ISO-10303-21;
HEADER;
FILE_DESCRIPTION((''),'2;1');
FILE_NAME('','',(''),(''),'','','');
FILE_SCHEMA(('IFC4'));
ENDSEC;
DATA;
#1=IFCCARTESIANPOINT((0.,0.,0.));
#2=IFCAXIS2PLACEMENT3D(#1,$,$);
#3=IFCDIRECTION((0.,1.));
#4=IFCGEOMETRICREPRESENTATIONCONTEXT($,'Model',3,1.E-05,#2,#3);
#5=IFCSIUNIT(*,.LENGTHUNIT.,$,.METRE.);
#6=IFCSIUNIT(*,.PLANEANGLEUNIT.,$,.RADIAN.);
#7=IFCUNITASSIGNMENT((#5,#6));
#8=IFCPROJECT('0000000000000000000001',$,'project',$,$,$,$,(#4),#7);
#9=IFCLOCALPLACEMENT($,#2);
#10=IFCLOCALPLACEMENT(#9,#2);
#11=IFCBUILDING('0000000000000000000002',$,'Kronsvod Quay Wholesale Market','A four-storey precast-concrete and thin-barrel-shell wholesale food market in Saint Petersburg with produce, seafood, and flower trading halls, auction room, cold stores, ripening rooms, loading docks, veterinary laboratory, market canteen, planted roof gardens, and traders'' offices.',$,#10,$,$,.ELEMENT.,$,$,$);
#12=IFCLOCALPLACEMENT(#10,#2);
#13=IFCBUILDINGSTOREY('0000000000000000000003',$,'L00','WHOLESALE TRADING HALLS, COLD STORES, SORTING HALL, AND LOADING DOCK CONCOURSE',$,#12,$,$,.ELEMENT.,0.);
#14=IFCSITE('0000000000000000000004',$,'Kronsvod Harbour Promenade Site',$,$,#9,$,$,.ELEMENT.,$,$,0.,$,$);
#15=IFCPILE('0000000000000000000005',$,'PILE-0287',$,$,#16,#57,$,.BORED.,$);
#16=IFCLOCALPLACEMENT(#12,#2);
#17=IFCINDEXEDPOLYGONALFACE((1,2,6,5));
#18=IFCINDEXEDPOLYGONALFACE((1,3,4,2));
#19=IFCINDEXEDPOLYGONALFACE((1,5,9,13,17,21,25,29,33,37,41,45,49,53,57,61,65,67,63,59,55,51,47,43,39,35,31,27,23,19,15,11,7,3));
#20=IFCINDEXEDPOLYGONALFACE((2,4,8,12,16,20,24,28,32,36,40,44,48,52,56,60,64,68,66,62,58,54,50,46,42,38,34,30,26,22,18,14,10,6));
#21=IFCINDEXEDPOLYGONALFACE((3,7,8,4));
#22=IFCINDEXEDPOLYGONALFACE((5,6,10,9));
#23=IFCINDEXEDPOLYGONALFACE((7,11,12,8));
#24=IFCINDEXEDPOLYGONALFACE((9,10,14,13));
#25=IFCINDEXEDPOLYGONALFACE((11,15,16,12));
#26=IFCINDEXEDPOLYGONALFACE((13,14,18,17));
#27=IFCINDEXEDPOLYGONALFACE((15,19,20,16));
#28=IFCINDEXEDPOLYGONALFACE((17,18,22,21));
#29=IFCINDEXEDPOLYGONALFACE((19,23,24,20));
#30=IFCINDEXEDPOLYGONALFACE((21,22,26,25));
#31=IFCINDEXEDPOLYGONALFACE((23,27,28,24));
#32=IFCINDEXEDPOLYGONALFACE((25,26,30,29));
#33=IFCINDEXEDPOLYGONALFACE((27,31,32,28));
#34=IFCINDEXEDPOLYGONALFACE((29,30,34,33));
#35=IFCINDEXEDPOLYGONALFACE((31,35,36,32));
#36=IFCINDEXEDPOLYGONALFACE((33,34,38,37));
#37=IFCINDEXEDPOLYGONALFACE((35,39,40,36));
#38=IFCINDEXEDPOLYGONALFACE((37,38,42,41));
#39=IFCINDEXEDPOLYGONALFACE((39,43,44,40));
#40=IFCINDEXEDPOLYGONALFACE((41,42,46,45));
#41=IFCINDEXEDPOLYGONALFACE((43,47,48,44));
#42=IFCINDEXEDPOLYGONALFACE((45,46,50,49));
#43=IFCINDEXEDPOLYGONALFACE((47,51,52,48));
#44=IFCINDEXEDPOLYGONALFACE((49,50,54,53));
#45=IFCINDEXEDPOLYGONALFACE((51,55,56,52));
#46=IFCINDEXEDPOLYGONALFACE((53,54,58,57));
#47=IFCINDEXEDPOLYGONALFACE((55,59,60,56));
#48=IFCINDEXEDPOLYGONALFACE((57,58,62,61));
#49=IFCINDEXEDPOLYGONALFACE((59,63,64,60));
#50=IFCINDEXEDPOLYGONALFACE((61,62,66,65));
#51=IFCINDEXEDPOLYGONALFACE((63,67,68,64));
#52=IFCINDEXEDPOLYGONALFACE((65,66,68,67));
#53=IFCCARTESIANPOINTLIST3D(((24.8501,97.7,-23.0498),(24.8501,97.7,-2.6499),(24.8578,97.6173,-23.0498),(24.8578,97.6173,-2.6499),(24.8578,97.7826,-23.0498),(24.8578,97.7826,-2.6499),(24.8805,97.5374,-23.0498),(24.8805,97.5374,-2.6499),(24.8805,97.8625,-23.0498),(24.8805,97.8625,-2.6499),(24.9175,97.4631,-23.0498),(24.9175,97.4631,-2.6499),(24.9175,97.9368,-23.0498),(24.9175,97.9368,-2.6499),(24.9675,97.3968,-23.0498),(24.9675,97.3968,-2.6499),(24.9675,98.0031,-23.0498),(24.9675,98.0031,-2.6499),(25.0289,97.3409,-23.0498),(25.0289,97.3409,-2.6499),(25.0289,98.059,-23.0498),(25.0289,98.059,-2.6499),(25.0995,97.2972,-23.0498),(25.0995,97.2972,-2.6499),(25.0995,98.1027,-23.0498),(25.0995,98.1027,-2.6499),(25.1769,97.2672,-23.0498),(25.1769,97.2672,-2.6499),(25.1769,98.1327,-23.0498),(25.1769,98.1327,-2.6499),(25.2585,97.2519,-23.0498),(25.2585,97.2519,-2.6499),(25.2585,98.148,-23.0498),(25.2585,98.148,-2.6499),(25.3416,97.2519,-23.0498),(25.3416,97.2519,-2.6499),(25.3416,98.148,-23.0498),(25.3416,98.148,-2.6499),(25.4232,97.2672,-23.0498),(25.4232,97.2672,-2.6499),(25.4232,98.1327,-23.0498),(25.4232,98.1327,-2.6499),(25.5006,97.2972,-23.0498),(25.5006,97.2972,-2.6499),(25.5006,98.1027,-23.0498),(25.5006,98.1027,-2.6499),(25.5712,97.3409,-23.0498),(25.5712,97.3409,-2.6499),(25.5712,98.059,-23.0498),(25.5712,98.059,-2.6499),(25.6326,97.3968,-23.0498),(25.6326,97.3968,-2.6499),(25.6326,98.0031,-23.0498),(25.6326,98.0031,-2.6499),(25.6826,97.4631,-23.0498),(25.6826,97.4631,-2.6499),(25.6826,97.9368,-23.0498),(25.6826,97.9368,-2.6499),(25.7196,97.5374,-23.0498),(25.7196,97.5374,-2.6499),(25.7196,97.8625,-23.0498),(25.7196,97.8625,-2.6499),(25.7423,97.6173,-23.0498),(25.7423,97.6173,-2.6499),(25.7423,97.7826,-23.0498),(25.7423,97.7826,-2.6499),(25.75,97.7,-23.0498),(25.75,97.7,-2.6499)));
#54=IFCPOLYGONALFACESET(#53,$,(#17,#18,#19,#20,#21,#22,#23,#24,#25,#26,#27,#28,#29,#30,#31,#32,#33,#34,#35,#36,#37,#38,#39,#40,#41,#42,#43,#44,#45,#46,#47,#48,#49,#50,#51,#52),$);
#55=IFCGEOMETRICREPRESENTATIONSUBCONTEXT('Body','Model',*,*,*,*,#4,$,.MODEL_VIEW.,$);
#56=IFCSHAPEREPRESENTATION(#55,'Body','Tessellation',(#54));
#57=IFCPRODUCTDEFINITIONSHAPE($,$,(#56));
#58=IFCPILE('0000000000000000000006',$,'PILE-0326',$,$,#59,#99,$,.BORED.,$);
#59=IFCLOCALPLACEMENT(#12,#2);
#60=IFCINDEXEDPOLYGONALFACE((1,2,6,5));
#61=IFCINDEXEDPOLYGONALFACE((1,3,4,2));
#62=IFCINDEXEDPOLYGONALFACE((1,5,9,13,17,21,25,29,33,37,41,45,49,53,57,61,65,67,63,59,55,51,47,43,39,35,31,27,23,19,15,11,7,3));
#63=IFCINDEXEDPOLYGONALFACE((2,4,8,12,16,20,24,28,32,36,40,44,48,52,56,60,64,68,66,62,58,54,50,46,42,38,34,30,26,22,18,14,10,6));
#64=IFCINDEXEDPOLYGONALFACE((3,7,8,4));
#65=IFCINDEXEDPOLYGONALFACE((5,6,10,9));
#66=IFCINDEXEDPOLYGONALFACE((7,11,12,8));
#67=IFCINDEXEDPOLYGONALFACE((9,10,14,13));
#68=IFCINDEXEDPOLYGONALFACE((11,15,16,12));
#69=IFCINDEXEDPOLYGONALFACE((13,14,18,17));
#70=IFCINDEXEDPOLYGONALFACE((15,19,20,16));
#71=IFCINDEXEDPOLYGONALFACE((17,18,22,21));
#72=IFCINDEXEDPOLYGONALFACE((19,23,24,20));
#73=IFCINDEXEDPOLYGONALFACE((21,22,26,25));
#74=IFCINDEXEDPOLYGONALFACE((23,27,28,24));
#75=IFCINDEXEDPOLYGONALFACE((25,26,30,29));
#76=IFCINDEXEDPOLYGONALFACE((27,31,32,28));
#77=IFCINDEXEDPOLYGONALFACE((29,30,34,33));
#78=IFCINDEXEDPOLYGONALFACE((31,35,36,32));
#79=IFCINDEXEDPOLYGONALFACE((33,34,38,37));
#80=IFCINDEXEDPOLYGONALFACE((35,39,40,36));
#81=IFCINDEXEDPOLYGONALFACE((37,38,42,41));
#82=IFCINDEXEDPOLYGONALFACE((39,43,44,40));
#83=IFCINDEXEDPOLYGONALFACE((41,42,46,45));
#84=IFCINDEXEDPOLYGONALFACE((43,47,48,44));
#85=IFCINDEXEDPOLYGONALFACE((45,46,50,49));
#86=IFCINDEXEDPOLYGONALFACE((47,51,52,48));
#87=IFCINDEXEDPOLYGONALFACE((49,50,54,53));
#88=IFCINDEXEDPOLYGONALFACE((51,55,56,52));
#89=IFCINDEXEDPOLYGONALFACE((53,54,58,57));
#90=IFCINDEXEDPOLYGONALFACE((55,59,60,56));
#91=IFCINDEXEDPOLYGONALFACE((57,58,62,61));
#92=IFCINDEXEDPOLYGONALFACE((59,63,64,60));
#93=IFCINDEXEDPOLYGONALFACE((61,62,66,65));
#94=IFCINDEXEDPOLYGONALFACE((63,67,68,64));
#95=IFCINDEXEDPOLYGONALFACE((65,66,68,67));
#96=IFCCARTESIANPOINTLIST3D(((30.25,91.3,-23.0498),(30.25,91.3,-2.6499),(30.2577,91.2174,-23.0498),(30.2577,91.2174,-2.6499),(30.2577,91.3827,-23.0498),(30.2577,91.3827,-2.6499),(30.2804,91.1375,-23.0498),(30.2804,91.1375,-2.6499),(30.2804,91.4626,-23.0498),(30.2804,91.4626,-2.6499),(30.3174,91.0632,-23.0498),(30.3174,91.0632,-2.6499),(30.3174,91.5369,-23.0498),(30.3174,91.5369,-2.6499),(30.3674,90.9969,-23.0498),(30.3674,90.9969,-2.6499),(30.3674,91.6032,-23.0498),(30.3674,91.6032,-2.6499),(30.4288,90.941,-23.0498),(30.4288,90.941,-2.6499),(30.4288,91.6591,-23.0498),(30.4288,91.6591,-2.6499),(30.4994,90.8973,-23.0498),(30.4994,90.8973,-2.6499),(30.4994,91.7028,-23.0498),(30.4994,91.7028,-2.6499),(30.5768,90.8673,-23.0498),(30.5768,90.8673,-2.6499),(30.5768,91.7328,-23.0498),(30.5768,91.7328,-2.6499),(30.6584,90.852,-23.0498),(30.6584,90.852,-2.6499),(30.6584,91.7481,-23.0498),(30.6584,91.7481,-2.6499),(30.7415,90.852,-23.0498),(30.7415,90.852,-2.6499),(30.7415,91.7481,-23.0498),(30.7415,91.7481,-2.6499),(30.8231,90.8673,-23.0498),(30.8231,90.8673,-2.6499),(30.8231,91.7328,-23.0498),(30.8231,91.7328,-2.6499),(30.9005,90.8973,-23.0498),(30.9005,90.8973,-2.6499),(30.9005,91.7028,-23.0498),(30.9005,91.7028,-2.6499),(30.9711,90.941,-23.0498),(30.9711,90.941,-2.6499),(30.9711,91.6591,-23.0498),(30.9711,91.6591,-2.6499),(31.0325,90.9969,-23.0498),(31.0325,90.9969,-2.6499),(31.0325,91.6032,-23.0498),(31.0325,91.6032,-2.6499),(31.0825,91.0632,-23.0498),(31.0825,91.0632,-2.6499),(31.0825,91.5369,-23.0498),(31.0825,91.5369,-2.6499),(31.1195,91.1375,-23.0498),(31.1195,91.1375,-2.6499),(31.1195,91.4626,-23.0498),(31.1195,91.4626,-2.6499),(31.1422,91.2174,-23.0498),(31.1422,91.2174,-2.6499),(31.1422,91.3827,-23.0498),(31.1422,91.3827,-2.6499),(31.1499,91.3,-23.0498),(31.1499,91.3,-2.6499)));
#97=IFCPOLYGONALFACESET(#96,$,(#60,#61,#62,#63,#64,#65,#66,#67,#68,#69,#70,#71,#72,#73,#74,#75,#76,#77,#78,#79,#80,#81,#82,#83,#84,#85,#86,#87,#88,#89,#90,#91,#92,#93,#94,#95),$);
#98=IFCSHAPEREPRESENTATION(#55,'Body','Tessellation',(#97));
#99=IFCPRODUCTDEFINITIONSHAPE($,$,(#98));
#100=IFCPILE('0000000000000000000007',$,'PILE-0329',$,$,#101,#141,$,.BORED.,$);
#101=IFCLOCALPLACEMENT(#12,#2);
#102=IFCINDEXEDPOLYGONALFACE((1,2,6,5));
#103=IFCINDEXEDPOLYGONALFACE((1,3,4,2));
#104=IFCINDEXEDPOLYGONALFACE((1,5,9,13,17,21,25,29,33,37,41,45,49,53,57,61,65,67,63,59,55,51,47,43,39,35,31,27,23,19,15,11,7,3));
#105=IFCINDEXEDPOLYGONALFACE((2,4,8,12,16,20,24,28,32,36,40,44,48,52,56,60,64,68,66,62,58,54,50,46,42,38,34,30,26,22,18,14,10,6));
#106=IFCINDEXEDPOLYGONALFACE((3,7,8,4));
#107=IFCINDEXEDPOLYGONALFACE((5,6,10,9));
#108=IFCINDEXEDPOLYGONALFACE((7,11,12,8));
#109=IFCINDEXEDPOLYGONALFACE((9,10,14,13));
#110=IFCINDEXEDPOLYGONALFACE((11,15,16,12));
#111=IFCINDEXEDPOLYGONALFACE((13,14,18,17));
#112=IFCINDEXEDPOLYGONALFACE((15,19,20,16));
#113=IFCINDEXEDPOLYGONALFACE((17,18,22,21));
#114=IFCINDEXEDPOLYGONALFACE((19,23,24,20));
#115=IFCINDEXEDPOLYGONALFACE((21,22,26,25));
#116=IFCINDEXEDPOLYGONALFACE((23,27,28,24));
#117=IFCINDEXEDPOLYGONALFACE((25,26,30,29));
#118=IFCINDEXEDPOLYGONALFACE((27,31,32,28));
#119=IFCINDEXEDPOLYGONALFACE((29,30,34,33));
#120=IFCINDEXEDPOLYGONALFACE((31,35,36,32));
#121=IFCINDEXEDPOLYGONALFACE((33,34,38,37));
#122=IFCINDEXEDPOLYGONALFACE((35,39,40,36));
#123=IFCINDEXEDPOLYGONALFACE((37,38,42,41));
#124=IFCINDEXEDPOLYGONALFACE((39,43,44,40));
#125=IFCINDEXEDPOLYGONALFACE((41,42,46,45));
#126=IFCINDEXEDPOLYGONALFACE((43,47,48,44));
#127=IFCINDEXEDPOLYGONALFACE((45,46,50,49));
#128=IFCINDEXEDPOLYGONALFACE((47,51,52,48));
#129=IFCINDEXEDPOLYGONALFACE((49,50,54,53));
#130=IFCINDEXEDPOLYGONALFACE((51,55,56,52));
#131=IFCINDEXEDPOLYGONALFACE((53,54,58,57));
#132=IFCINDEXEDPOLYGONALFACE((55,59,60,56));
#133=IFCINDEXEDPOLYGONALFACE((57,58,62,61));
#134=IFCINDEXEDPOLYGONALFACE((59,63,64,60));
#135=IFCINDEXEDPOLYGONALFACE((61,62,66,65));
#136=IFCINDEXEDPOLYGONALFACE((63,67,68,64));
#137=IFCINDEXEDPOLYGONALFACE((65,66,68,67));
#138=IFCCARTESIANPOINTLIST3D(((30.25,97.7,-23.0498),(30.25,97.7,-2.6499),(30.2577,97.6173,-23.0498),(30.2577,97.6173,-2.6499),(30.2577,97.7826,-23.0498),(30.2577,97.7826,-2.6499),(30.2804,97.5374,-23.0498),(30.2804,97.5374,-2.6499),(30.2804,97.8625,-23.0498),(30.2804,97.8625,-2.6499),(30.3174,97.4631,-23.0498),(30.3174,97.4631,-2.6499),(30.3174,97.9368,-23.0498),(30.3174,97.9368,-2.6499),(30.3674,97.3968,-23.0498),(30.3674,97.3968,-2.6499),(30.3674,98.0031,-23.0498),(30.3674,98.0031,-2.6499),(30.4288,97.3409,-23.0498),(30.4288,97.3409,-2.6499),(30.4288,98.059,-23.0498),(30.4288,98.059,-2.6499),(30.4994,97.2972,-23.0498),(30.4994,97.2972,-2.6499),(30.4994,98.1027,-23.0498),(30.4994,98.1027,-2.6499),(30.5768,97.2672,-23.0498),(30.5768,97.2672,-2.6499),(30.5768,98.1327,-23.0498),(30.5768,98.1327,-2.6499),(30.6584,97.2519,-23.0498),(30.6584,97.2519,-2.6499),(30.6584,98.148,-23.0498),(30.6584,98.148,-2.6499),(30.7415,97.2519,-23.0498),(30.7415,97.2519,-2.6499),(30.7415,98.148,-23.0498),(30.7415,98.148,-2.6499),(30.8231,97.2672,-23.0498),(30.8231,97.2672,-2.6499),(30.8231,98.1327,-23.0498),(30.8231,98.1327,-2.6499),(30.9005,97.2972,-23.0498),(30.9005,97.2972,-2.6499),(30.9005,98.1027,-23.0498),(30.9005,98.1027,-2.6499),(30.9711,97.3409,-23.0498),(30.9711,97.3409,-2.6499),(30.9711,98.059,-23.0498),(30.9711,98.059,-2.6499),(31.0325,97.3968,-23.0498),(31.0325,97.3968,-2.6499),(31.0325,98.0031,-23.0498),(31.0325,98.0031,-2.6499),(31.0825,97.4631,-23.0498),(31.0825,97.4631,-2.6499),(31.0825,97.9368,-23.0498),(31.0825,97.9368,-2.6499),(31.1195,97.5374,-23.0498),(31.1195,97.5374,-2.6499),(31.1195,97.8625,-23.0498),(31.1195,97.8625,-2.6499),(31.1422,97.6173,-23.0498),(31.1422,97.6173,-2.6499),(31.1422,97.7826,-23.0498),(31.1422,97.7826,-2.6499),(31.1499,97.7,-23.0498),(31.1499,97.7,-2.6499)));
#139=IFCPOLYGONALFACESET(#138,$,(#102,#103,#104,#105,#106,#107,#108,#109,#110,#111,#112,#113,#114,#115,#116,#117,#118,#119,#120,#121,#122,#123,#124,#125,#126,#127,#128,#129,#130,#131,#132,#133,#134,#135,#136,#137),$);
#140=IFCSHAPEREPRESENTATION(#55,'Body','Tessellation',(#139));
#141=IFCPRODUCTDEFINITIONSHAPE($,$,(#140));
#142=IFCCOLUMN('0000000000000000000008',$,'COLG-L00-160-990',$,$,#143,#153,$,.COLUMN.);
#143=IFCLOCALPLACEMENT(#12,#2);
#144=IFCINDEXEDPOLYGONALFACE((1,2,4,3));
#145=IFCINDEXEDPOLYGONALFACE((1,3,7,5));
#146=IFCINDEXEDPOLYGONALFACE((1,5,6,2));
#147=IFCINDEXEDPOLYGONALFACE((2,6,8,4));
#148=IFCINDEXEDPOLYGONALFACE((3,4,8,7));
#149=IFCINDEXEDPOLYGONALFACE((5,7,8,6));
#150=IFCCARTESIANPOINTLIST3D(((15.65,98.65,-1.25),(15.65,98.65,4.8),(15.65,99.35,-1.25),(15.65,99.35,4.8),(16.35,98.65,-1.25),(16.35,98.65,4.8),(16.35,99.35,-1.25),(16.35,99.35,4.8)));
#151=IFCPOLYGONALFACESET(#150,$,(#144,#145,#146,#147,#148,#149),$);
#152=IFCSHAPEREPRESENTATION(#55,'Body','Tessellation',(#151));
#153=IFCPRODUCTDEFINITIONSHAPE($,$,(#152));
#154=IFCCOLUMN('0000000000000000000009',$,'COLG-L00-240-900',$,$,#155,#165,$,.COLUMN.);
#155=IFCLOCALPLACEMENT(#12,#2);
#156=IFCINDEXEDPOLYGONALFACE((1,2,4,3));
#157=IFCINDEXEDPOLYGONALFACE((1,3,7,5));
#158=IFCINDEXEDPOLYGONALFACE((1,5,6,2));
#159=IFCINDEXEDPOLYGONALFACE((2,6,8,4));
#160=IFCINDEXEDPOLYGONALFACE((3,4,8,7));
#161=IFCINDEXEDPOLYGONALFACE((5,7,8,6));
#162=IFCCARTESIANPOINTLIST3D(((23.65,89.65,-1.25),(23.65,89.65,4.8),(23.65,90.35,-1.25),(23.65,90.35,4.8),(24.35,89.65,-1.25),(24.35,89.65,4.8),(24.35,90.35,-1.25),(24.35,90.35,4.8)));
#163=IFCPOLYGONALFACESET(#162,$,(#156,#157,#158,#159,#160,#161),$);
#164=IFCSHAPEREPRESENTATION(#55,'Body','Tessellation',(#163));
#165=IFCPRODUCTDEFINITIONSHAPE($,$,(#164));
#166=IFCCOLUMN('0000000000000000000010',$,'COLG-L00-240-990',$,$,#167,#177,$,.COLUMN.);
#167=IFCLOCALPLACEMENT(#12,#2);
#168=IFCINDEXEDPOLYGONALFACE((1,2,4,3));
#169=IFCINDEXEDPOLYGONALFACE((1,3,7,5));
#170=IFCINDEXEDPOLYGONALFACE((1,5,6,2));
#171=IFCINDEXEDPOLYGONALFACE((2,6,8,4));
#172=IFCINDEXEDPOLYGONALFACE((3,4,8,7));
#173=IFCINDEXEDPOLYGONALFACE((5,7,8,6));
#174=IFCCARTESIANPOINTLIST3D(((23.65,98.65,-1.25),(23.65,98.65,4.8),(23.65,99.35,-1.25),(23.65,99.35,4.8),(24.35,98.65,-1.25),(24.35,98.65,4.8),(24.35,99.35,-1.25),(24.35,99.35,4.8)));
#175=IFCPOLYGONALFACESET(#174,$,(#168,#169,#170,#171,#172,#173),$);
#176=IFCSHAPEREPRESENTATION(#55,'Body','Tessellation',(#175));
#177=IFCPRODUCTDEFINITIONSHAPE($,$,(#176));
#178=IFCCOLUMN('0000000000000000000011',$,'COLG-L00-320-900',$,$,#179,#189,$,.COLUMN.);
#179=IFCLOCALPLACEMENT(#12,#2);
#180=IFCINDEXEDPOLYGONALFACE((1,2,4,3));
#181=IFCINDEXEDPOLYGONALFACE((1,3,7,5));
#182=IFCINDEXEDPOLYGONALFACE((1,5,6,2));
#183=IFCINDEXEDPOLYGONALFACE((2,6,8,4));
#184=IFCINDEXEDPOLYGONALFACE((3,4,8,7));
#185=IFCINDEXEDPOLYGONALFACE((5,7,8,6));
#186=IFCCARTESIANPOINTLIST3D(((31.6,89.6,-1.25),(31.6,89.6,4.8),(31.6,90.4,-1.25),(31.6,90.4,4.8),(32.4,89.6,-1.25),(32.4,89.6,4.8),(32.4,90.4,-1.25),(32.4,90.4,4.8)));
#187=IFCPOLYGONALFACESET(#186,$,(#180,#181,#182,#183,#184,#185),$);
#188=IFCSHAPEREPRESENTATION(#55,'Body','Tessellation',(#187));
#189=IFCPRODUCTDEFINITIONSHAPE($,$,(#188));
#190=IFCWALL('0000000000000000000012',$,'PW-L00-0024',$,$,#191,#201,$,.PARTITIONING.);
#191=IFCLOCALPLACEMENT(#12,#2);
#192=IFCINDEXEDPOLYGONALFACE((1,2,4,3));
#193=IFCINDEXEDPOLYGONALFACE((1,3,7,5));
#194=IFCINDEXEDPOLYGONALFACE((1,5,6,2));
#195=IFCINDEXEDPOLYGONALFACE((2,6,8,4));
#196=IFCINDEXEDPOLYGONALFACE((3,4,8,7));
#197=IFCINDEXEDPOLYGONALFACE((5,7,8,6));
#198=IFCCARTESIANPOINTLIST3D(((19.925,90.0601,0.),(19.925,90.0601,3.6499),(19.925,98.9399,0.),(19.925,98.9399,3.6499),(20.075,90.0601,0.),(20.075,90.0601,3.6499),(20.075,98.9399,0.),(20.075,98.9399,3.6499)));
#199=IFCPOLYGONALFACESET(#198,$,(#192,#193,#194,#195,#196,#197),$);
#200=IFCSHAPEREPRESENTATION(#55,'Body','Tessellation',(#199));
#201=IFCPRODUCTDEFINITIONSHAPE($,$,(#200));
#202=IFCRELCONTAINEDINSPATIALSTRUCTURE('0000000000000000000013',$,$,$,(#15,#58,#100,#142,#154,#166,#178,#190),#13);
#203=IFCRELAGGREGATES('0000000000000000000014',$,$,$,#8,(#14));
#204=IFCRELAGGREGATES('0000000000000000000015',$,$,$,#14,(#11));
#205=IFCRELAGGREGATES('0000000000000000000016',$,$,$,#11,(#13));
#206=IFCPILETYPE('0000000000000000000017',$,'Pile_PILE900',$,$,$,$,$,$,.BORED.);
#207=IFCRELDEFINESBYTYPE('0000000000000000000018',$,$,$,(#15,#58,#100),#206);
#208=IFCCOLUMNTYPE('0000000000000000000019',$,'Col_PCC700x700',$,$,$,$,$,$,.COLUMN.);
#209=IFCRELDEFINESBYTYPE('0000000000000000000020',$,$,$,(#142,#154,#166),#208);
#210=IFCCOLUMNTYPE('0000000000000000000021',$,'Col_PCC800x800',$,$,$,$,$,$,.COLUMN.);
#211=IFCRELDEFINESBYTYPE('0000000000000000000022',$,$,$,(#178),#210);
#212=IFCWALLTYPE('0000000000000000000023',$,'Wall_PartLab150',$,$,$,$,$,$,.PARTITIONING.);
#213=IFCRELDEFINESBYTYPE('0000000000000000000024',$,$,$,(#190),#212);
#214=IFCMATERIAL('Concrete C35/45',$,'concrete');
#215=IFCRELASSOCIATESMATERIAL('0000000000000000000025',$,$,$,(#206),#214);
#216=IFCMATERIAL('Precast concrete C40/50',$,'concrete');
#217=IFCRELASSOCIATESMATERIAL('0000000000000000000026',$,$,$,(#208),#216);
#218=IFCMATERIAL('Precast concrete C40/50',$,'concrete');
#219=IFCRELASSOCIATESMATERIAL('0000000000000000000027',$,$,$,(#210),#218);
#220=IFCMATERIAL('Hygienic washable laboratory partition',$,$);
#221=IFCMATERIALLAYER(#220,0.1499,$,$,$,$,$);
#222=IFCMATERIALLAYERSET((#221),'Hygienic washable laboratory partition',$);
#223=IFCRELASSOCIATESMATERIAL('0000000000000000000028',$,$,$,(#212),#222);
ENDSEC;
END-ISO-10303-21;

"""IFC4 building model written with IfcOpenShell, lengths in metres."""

from ifc_helpers import new_model, si_unit, direction, frame, frame_2d, origin, origin_2d, place, context, subcontext, project, spatial, rectangle, circle, extrude, material, layer, layer_set, material_profile, profile_set, type_object, element, save


model = new_model("IFC4")

# Units and contexts
model_context = context("Model", 3, precision=1e-05, world=origin(), true_north=direction((0.0, 1.0)))
body_context = subcontext(model_context, "Body", "Model", "MODEL_VIEW")
ifc_project = project(units=[si_unit("LENGTHUNIT", "METRE"), si_unit("PLANEANGLEUNIT", "RADIAN")], contexts=[model_context])

# Site, building, storey
site_placement = place(None, origin())
site = spatial("IfcSite", under=ifc_project, at=site_placement, Name="Kronsvod Harbour Promenade Site", CompositionType="ELEMENT", RefElevation=0.0)
building_placement = place(site_placement, origin())
building = spatial("IfcBuilding", under=site, at=building_placement, Name="Kronsvod Quay Wholesale Market", Description="A four-storey precast-concrete and thin-barrel-shell wholesale food market in Saint Petersburg with produce, seafood, and flower trading halls, auction room, cold stores, ripening rooms, loading docks, veterinary laboratory, market canteen, planted roof gardens, and traders' offices.", CompositionType="ELEMENT")
storey_placement = place(building_placement, origin())
storey = spatial("IfcBuildingStorey", under=building, at=storey_placement, Name="L00", Description="WHOLESALE TRADING HALLS, COLD STORES, SORTING HALL, AND LOADING DOCK CONCOURSE", CompositionType="ELEMENT", Elevation=0.0)

# Piles
ifc_material_1 = material(Name="Concrete C35/45", Category="concrete")
ifc_material_profile_1 = material_profile(ifc_material_1, circle(Radius=0.45, at=origin_2d()), Name="PILE900")
ifc_profile_set_1 = profile_set([ifc_material_profile_1], Name="Concrete C35/45")
pile_type = type_object("IfcPileType", Name="Pile_PILE900", PredefinedType="BORED", material=ifc_profile_set_1)
for number, where, z_axis, x_axis, name in (
    (1, (25.3, 97.7, -2.6499), (0.0, 0.0, -1.0), (1.0, 0.0, 0.0), "PILE-0287"),
    (2, (30.7, 91.3, -2.6499), (0.0, 0.0, -1.0), (1.0, 0.0, 0.0), "PILE-0326"),
    (3, (30.7, 97.7, -2.6499), (0.0, 0.0, -1.0), (1.0, 0.0, 0.0), "PILE-0329"),
):
    element("IfcPile", number, at=place(storey_placement, frame(where, z_axis=z_axis, x_axis=x_axis)), inside=storey, type_object=pile_type, Name=name, PredefinedType="BORED", context=body_context, shape_type="SweptSolid", body=[
        extrude(circle(Radius=0.45, at=origin_2d()), origin(), (0.0, 0.0, 1.0), 20.3999),
    ])

# Columns
ifc_material_2 = material(Name="Precast concrete C40/50", Category="concrete")
ifc_material_profile_2 = material_profile(ifc_material_2, rectangle(XDim=0.7, YDim=0.7, at=origin_2d()), Name="PCC700x700")
ifc_profile_set_2 = profile_set([ifc_material_profile_2], Name="Precast concrete C40/50")
column_type_1 = type_object("IfcColumnType", Name="Col_PCC700x700", PredefinedType="COLUMN", material=ifc_profile_set_2)
for number, where, z_axis, x_axis, name in (
    (4, (16.0, 99.0, -1.25), (0.0, 0.0, 1.0), (1.0, 0.0, 0.0), "COLG-L00-160-990"),
    (5, (24.0, 90.0, -1.25), (0.0, 0.0, 1.0), (1.0, 0.0, 0.0), "COLG-L00-240-900"),
    (6, (24.0, 99.0, -1.25), (0.0, 0.0, 1.0), (1.0, 0.0, 0.0), "COLG-L00-240-990"),
):
    element("IfcColumn", number, at=place(storey_placement, frame(where, z_axis=z_axis, x_axis=x_axis)), inside=storey, type_object=column_type_1, Name=name, PredefinedType="COLUMN", context=body_context, shape_type="SweptSolid", body=[
        extrude(rectangle(XDim=0.7, YDim=0.7, at=origin_2d()), origin(), (0.0, 0.0, 1.0), 6.05),
    ])
ifc_material_3 = material(Name="Precast concrete C40/50", Category="concrete")
ifc_material_profile_3 = material_profile(ifc_material_3, rectangle(XDim=0.8, YDim=0.8, at=origin_2d()), Name="PCC800x800")
ifc_profile_set_3 = profile_set([ifc_material_profile_3], Name="Precast concrete C40/50")
column_type_2 = type_object("IfcColumnType", Name="Col_PCC800x800", PredefinedType="COLUMN", material=ifc_profile_set_3)
column_placement = place(storey_placement, frame((32.0, 90.0, -1.25), z_axis=(0.0, 0.0, 1.0), x_axis=(1.0, 0.0, 0.0)))
element("IfcColumn", 7, at=column_placement, inside=storey, type_object=column_type_2, Name="COLG-L00-320-900", PredefinedType="COLUMN", context=body_context, shape_type="SweptSolid", body=[
    extrude(rectangle(XDim=0.8, YDim=0.8, at=origin_2d()), origin(), (0.0, 0.0, 1.0), 6.05),
])

# Wall
ifc_material_4 = material(Name="Hygienic washable laboratory partition")
ifc_layer_1 = layer(ifc_material_4, 0.1499)
ifc_layer_set_1 = layer_set([ifc_layer_1], Name="Hygienic washable laboratory partition")
wall_type_1 = type_object("IfcWallType", Name="Wall_PartLab150", PredefinedType="PARTITIONING", material=ifc_layer_set_1)
wall_1_placement = place(storey_placement, frame((20.0, 90.0601, 0.0), z_axis=(0.0, 0.0, 1.0), x_axis=(0.0, 1.0, 0.0)))
element("IfcWall", 8, at=wall_1_placement, inside=storey, type_object=wall_type_1, Name="PW-L00-0024", PredefinedType="PARTITIONING", context=body_context, shape_type="SweptSolid", body=[
    extrude(rectangle(XDim=8.8799, YDim=0.1499, at=frame_2d((4.4399, 0.0))), origin(), (0.0, 0.0, 1.0), 3.6499),
])

save(model, "model.ifc")
